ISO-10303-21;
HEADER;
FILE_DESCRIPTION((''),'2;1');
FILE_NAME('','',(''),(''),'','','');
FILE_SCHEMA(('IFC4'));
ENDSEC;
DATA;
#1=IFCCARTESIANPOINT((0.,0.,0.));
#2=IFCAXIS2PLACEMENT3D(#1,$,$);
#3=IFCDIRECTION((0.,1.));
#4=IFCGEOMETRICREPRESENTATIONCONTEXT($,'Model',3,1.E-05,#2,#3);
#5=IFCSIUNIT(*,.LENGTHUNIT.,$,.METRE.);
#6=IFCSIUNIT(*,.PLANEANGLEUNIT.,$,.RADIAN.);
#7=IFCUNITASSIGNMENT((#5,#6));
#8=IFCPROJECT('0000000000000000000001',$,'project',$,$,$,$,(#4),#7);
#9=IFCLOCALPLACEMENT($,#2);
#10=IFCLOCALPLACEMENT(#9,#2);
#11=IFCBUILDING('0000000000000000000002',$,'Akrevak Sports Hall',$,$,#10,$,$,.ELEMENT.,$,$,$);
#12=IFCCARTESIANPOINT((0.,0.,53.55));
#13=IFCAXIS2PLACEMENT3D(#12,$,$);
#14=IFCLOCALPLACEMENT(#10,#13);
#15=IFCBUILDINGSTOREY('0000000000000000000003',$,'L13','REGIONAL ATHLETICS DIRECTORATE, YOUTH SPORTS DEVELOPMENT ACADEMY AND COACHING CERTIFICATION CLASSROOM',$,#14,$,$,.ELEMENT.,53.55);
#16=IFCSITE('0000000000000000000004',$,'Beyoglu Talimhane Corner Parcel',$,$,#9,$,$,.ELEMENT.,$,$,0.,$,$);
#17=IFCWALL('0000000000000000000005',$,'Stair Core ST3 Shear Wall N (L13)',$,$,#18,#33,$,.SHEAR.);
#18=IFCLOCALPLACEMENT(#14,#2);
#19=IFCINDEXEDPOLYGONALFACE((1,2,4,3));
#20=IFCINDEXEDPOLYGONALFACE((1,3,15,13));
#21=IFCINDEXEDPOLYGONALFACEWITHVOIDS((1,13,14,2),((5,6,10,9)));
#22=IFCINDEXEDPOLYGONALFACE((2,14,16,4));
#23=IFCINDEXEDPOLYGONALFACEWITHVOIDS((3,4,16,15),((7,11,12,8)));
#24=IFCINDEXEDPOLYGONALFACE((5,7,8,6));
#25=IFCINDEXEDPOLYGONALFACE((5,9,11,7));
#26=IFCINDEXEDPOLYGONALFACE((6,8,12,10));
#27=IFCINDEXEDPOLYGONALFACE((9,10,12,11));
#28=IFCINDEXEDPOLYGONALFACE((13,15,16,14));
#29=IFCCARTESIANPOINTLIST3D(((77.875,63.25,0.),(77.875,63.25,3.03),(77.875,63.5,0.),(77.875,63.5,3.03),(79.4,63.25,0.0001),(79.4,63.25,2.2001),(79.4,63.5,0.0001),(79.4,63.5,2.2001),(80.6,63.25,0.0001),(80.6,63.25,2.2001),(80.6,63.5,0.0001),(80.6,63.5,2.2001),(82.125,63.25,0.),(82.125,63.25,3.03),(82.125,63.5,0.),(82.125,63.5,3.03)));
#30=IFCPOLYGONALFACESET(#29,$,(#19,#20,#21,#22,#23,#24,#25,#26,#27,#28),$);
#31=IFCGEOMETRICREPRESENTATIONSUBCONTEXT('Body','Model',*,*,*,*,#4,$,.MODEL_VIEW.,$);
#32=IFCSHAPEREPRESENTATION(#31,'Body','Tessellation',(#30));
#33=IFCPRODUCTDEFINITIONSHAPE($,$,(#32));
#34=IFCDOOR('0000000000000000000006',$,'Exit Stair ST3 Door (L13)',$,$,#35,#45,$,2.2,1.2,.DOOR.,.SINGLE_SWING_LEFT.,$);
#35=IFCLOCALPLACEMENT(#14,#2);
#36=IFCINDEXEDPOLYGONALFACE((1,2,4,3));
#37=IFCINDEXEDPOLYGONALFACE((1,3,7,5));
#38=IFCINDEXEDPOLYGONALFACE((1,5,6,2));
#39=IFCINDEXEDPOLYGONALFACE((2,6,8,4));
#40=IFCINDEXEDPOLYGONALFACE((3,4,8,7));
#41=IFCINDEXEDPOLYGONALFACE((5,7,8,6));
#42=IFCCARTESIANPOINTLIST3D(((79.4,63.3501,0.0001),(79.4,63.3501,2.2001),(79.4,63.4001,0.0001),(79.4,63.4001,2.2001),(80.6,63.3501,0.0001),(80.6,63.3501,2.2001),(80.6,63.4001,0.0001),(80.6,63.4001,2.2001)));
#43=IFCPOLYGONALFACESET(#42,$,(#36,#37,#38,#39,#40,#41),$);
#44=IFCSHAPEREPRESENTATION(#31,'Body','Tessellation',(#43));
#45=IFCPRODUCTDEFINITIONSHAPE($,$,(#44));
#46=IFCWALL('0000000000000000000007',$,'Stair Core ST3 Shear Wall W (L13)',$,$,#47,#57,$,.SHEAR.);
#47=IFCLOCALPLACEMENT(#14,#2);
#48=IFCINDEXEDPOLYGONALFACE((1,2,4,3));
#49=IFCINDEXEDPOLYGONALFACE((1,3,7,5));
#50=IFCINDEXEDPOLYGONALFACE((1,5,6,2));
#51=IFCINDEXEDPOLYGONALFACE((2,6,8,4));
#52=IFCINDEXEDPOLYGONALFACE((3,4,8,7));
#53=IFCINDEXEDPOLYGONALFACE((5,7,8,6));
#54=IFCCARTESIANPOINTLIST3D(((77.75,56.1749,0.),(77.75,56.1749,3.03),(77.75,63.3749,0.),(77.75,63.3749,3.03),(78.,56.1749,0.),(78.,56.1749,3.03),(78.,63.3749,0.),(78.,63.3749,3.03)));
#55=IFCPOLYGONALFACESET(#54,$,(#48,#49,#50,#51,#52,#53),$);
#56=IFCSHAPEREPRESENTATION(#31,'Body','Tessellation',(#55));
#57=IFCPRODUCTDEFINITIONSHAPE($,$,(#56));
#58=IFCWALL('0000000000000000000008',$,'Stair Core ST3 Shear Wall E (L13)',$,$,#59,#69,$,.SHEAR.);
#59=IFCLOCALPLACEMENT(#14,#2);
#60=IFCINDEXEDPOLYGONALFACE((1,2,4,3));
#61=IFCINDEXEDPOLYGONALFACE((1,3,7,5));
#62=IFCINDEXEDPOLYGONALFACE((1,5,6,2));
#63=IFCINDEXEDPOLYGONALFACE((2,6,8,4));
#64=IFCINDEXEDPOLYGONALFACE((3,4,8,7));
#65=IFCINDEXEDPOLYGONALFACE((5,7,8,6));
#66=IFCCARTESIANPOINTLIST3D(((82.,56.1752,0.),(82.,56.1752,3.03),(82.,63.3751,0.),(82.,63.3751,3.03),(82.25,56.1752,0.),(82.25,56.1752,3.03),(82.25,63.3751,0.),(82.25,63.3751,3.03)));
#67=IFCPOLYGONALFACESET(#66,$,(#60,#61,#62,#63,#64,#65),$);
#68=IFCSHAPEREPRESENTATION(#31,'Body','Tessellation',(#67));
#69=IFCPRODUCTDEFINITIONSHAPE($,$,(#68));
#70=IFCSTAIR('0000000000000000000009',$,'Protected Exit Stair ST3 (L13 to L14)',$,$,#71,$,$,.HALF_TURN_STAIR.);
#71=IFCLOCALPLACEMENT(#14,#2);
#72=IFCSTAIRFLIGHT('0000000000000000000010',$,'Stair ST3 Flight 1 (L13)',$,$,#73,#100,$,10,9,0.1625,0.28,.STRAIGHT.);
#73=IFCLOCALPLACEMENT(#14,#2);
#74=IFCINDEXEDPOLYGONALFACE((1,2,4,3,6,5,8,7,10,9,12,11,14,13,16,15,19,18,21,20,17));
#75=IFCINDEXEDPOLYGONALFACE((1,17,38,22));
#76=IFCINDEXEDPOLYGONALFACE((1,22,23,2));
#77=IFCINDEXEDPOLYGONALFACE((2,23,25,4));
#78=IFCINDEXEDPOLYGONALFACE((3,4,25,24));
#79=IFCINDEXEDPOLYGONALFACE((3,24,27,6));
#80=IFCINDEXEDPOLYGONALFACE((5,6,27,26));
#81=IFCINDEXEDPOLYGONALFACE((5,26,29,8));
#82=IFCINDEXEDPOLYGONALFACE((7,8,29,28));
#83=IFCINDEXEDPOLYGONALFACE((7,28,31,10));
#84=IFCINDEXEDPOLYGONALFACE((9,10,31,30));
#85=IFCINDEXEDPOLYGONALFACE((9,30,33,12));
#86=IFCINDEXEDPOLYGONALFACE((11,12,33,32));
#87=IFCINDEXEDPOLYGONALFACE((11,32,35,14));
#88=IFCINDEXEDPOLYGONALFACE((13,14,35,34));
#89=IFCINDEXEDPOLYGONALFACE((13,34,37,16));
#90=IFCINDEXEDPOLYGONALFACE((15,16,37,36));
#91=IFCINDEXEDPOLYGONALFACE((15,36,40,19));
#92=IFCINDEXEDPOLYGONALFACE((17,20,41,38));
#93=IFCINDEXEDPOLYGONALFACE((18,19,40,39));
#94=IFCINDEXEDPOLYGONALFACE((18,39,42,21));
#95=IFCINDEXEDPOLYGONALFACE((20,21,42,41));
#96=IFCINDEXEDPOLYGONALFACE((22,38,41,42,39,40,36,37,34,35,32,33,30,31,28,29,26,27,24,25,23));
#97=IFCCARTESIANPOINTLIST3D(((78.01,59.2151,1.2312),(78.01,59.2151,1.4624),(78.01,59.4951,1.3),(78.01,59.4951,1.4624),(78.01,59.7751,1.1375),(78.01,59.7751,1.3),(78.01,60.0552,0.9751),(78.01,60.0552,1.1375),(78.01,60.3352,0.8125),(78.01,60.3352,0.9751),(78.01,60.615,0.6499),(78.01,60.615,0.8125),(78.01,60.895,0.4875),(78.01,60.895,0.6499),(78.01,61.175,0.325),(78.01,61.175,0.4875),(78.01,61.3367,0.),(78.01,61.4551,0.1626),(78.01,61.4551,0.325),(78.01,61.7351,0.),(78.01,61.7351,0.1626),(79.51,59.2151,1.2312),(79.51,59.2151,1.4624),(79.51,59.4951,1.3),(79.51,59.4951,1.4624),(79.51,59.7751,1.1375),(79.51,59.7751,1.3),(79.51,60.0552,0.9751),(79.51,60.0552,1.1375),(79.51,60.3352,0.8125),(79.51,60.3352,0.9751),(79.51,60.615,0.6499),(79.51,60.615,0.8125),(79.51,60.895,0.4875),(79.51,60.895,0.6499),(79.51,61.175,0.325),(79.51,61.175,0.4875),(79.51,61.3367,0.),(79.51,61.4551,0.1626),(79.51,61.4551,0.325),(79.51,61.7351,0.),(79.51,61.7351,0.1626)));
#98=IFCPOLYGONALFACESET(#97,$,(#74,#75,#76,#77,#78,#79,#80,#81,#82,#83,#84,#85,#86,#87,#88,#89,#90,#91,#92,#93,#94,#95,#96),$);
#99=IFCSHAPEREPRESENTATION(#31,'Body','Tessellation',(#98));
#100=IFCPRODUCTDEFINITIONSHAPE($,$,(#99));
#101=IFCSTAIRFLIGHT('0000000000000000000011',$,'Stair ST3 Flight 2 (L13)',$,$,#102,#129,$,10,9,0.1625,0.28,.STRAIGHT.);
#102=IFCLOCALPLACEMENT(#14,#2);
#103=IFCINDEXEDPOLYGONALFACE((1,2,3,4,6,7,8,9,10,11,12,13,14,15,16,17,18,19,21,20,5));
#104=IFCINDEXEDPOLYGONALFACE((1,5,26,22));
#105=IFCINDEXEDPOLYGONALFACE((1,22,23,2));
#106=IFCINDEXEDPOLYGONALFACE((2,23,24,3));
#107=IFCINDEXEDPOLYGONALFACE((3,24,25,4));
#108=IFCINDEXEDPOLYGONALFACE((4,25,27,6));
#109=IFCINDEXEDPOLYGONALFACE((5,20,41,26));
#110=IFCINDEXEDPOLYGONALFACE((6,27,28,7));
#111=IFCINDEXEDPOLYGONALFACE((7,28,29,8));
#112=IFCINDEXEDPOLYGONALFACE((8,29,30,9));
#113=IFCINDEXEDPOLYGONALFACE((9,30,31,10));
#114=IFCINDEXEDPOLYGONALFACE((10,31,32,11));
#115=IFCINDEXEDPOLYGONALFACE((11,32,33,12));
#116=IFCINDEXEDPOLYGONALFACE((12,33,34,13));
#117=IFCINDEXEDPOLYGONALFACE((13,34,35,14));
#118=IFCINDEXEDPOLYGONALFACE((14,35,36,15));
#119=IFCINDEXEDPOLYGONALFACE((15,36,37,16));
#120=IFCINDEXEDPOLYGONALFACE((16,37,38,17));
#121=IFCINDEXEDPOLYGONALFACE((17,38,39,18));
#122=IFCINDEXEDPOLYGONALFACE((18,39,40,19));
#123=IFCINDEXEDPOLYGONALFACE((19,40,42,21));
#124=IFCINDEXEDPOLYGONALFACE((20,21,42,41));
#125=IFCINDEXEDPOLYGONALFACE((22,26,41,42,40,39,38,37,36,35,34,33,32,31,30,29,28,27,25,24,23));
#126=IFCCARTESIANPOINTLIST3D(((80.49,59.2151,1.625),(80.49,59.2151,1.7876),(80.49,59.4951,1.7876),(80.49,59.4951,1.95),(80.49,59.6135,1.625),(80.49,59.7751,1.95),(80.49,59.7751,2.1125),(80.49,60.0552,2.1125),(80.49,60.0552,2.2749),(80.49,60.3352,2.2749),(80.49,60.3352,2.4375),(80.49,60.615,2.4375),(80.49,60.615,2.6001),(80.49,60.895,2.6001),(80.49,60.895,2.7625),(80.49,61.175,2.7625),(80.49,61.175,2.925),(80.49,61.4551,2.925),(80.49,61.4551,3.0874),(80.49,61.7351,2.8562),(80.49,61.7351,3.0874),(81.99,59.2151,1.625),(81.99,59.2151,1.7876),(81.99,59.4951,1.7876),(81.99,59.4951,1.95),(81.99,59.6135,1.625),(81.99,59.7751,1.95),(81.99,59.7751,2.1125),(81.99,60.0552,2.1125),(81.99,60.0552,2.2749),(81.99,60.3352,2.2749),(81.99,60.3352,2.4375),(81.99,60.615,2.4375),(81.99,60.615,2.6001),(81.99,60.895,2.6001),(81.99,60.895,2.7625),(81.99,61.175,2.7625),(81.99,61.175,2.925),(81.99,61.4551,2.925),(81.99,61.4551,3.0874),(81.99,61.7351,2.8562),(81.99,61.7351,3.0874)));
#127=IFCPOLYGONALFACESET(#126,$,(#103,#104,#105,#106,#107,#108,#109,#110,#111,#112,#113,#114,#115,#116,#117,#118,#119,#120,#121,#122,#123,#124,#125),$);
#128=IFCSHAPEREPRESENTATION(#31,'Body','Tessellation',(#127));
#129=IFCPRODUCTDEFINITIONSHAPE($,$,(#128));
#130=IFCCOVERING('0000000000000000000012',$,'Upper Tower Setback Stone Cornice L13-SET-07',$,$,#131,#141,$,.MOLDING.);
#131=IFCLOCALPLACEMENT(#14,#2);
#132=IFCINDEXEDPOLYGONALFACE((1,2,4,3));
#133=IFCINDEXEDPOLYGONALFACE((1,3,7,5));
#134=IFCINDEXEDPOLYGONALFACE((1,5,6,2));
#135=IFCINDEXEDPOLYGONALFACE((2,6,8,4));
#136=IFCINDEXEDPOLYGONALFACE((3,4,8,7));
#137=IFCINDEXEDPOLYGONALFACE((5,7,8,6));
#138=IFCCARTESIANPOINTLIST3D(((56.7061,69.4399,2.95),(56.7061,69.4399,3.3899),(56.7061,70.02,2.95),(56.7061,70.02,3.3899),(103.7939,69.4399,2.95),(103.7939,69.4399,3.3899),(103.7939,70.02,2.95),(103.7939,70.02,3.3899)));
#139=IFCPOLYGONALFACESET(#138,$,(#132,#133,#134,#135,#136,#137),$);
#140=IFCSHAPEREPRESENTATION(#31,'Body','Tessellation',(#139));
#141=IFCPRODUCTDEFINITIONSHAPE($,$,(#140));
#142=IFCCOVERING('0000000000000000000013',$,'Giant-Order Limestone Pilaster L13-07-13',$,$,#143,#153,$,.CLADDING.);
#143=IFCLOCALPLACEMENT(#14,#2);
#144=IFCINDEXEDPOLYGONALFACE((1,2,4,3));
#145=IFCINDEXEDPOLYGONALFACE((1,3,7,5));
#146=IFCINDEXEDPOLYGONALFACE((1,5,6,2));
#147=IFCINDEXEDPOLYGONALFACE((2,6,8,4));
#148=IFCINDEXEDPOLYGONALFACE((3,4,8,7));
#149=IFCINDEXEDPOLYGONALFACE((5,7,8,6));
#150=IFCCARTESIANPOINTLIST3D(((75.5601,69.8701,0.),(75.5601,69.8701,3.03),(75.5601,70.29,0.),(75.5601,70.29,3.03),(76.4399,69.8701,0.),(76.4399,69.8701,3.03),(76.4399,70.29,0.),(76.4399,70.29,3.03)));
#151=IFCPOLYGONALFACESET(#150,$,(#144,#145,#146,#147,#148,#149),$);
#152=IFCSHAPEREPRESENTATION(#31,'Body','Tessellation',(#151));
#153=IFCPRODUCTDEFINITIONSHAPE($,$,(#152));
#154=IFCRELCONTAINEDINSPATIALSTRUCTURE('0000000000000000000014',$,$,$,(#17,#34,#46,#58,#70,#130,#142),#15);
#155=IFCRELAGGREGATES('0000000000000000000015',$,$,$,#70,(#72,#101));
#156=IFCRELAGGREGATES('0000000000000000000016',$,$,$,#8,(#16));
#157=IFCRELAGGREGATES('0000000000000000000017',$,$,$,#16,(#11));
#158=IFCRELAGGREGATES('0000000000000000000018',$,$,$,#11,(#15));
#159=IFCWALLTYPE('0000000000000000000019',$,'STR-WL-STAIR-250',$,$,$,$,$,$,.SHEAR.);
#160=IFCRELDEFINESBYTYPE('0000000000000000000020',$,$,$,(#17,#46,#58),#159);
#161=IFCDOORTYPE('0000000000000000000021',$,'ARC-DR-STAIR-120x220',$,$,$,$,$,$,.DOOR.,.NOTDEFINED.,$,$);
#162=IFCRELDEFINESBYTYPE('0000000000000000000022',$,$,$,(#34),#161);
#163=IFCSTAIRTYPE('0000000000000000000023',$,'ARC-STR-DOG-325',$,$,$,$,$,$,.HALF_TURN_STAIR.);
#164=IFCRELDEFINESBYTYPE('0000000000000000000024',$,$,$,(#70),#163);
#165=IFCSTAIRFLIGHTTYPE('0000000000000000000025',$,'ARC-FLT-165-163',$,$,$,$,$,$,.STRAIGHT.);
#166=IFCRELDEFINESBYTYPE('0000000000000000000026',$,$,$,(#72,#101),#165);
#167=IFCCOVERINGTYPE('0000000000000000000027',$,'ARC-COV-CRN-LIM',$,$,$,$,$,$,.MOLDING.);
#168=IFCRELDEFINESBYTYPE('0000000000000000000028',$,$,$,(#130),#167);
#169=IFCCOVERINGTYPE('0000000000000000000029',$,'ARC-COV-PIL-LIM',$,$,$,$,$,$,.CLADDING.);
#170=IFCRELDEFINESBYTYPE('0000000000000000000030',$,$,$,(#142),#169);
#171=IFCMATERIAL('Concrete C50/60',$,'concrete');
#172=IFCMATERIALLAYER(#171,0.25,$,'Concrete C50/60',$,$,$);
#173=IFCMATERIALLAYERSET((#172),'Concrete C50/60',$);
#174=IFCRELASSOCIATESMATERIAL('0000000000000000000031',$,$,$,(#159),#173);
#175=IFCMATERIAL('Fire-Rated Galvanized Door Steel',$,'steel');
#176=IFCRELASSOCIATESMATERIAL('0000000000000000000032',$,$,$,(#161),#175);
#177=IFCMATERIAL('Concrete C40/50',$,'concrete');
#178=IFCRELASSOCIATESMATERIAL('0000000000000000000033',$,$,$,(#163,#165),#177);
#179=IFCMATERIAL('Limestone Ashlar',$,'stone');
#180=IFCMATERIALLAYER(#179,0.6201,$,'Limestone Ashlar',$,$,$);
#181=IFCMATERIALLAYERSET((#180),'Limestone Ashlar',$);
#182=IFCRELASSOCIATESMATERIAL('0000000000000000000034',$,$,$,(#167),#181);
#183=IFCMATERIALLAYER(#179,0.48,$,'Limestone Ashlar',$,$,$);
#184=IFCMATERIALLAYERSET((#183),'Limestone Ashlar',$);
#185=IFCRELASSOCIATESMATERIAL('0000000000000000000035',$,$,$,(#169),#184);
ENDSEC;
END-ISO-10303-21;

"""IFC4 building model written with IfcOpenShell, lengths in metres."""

from ifc_helpers import new_model, si_unit, direction, frame, frame_2d, origin, origin_2d, place, context, subcontext, project, spatial, polyline, rectangle, outline, extrude, material, layer, layer_set, type_object, element, fill, aggregate, save


model = new_model("IFC4")

# Units and contexts
model_context = context("Model", 3, precision=1e-05, world=origin(), true_north=direction((0.0, 1.0)))
body_context = subcontext(model_context, "Body", "Model", "MODEL_VIEW")
ifc_project = project(units=[si_unit("LENGTHUNIT", "METRE"), si_unit("PLANEANGLEUNIT", "RADIAN")], contexts=[model_context])

# Site, building, storey
site_placement = place(None, origin())
site = spatial("IfcSite", under=ifc_project, at=site_placement, Name="Beyoglu Talimhane Corner Parcel", CompositionType="ELEMENT", RefElevation=0.0)
building_placement = place(site_placement, origin())
building = spatial("IfcBuilding", under=site, at=building_placement, Name="Akrevak Sports Hall", CompositionType="ELEMENT")
storey_placement = place(building_placement, frame((0.0, 0.0, 53.55)))
storey = spatial("IfcBuildingStorey", under=building, at=storey_placement, Name="L13", Description="REGIONAL ATHLETICS DIRECTORATE, YOUTH SPORTS DEVELOPMENT ACADEMY AND COACHING CERTIFICATION CLASSROOM", CompositionType="ELEMENT", Elevation=53.55)

# Shared definitions
ifc_material_1 = material(Name="Fire-Rated Galvanized Door Steel", Category="steel")

# Shared definitions
ifc_material_2 = material(Name="Concrete C40/50", Category="concrete")
ifc_material_3 = material(Name="Concrete C50/60", Category="concrete")
ifc_layer_1 = layer(ifc_material_3, 0.25, Name="Concrete C50/60")
ifc_layer_set_1 = layer_set([ifc_layer_1], Name="Concrete C50/60")
wall_type_1 = type_object("IfcWallType", Name="STR-WL-STAIR-250", PredefinedType="SHEAR", material=ifc_layer_set_1)

# Wall, opening, door
wall_1_placement = place(storey_placement, frame((82.125, 63.375, 0.0), z_axis=(0.0, 0.0, 1.0), x_axis=(-1.0, 0.0, 0.0)))
wall_1 = element("IfcWall", 1, at=wall_1_placement, inside=storey, type_object=wall_type_1, Name="Stair Core ST3 Shear Wall N (L13)", PredefinedType="SHEAR", context=body_context, shape_type="SweptSolid", body=[
    extrude(rectangle(XDim=4.25, YDim=0.25, at=frame_2d((2.125, 0.0))), origin(), (0.0, 0.0, 1.0), 3.03),
])
opening_1_placement = place(wall_1_placement, frame((1.5249, 0.0, 0.0)))
opening_1 = element("IfcOpeningElement", 2, at=opening_1_placement, cuts=wall_1, PredefinedType="OPENING", context=body_context, shape_type="SweptSolid", body=[
    extrude(rectangle(XDim=1.2, YDim=2.2, at=frame_2d((0.6001, 1.1001))), frame((0.0, 0.137, 0.0), z_axis=(0.0, -1.0, 0.0), x_axis=(1.0, 0.0, 0.0)), (0.0, 0.0, 1.0), 0.2739),
])
door_type_1 = type_object("IfcDoorType", Name="ARC-DR-STAIR-120x220", OperationType="NOTDEFINED", PredefinedType="DOOR", material=ifc_material_1)
door_1_placement = place(opening_1_placement, origin())
door_1 = element("IfcDoor", 3, at=door_1_placement, inside=storey, type_object=door_type_1, Name="Exit Stair ST3 Door (L13)", OperationType="SINGLE_SWING_LEFT", OverallHeight=2.2, OverallWidth=1.2, PredefinedType="DOOR", context=body_context, shape_type="SweptSolid", body=[
    extrude(rectangle(XDim=1.2, YDim=2.2, at=frame_2d((0.6001, 1.1001))), frame((0.0, 0.0249, 0.0), z_axis=(0.0, -1.0, 0.0), x_axis=(1.0, 0.0, 0.0)), (0.0, 0.0, 1.0), 0.05),
])
fill(opening_1, door_1)

# Walls
for number, where, z_axis, x_axis, name in (
    (4, (77.875, 63.375, 0.0), (0.0, 0.0, 1.0), (0.0, -1.0, 0.0), "Stair Core ST3 Shear Wall W (L13)"),
    (5, (82.125, 56.175, 0.0), (0.0, 0.0, 1.0), (0.0, 1.0, 0.0), "Stair Core ST3 Shear Wall E (L13)"),
):
    element("IfcWall", number, at=place(storey_placement, frame(where, z_axis=z_axis, x_axis=x_axis)), inside=storey, type_object=wall_type_1, Name=name, PredefinedType="SHEAR", context=body_context, shape_type="SweptSolid", body=[
        extrude(rectangle(XDim=7.2, YDim=0.25, at=frame_2d((3.6001, 0.0))), origin(), (0.0, 0.0, 1.0), 3.03),
    ])

# Stair, stair flights
stair_type = type_object("IfcStairType", Name="ARC-STR-DOG-325", PredefinedType="HALF_TURN_STAIR", material=ifc_material_2)
stair_placement = place(storey_placement, origin())
stair = element("IfcStair", 6, at=stair_placement, inside=storey, type_object=stair_type, Name="Protected Exit Stair ST3 (L13 to L14)", PredefinedType="HALF_TURN_STAIR")
stair_flight_type = type_object("IfcStairFlightType", Name="ARC-FLT-165-163", PredefinedType="STRAIGHT", material=ifc_material_2)
stair_flight_1_placement = place(storey_placement, frame((78.76, 61.7351, 0.0), z_axis=(0.0, 0.0, 1.0), x_axis=(0.0, -1.0, 0.0)))
stair_flight_1 = element("IfcStairFlight", 7, at=stair_flight_1_placement, type_object=stair_flight_type, Name="Stair ST3 Flight 1 (L13)", NumberOfRisers=10, NumberOfTreads=9, PredefinedType="STRAIGHT", RiserHeight=0.1625, TreadLength=0.28, context=body_context, shape_type="SweptSolid", body=[
    extrude(outline(polyline([(0.0, 0.0), (0.0, 0.1626), (0.28, 0.1626), (0.28, 0.325), (0.5601, 0.325), (0.5601, 0.4875), (0.8401, 0.4875), (0.8401, 0.6499), (1.1201, 0.6499), (1.1201, 0.8125), (1.3999, 0.8125), (1.3999, 0.9751), (1.6799, 0.9751), (1.6799, 1.1375), (1.96, 1.1375), (1.96, 1.3), (2.24, 1.3), (2.24, 1.4624), (2.52, 1.4624), (2.52, 1.625), (2.52, 1.2312), (0.3984, 0.0), (0.0, 0.0)])), frame((0.0, 0.75, 0.0), z_axis=(0.0, -1.0, 0.0), x_axis=(1.0, 0.0, 0.0)), (0.0, 0.0, 1.0), 1.5),
])
stair_flight_2_placement = place(storey_placement, frame((81.24, 59.2151, 1.625), z_axis=(0.0, 0.0, 1.0), x_axis=(0.0, 1.0, 0.0)))
stair_flight_2 = element("IfcStairFlight", 8, at=stair_flight_2_placement, type_object=stair_flight_type, Name="Stair ST3 Flight 2 (L13)", NumberOfRisers=10, NumberOfTreads=9, PredefinedType="STRAIGHT", RiserHeight=0.1625, TreadLength=0.28, context=body_context, shape_type="SweptSolid", body=[
    extrude(outline(polyline([(0.0, 0.0), (0.0, 0.1626), (0.28, 0.1626), (0.28, 0.325), (0.5601, 0.325), (0.5601, 0.4875), (0.8401, 0.4875), (0.8401, 0.6499), (1.1201, 0.6499), (1.1201, 0.8125), (1.3999, 0.8125), (1.3999, 0.9751), (1.6799, 0.9751), (1.6799, 1.1375), (1.96, 1.1375), (1.96, 1.3), (2.24, 1.3), (2.24, 1.4624), (2.52, 1.4624), (2.52, 1.625), (2.52, 1.2312), (0.3984, 0.0), (0.0, 0.0)])), frame((0.0, 0.75, 0.0), z_axis=(0.0, -1.0, 0.0), x_axis=(1.0, 0.0, 0.0)), (0.0, 0.0, 1.0), 1.5),
])
aggregate(stair, [stair_flight_1, stair_flight_2])

# Coverings
ifc_material_4 = material(Name="Limestone Ashlar", Category="stone")
ifc_layer_2 = layer(ifc_material_4, 0.6201, Name="Limestone Ashlar")
ifc_layer_set_2 = layer_set([ifc_layer_2], Name="Limestone Ashlar")
covering_type_1 = type_object("IfcCoveringType", Name="ARC-COV-CRN-LIM", PredefinedType="MOLDING", material=ifc_layer_set_2)
covering_1_placement = place(storey_placement, frame((80.25, 69.73, 2.95), z_axis=(0.0, 0.0, 1.0), x_axis=(-1.0, 0.0, 0.0)))
element("IfcCovering", 9, at=covering_1_placement, inside=storey, type_object=covering_type_1, Name="Upper Tower Setback Stone Cornice L13-SET-07", PredefinedType="MOLDING", context=body_context, shape_type="SweptSolid", body=[
    extrude(rectangle(XDim=47.0879, YDim=0.5801, at=origin_2d()), origin(), (0.0, 0.0, 1.0), 0.4399),
])
ifc_layer_3 = layer(ifc_material_4, 0.48, Name="Limestone Ashlar")
ifc_layer_set_3 = layer_set([ifc_layer_3], Name="Limestone Ashlar")
covering_type_2 = type_object("IfcCoveringType", Name="ARC-COV-PIL-LIM", PredefinedType="CLADDING", material=ifc_layer_set_3)
covering_2_placement = place(storey_placement, frame((76.0, 70.0801, 0.0), z_axis=(0.0, 0.0, 1.0), x_axis=(-1.0, 0.0, 0.0)))
element("IfcCovering", 10, at=covering_2_placement, inside=storey, type_object=covering_type_2, Name="Giant-Order Limestone Pilaster L13-07-13", PredefinedType="CLADDING", context=body_context, shape_type="SweptSolid", body=[
    extrude(rectangle(XDim=0.8799, YDim=0.4199, at=origin_2d()), origin(), (0.0, 0.0, 1.0), 3.03),
])

save(model, "model.ifc")
